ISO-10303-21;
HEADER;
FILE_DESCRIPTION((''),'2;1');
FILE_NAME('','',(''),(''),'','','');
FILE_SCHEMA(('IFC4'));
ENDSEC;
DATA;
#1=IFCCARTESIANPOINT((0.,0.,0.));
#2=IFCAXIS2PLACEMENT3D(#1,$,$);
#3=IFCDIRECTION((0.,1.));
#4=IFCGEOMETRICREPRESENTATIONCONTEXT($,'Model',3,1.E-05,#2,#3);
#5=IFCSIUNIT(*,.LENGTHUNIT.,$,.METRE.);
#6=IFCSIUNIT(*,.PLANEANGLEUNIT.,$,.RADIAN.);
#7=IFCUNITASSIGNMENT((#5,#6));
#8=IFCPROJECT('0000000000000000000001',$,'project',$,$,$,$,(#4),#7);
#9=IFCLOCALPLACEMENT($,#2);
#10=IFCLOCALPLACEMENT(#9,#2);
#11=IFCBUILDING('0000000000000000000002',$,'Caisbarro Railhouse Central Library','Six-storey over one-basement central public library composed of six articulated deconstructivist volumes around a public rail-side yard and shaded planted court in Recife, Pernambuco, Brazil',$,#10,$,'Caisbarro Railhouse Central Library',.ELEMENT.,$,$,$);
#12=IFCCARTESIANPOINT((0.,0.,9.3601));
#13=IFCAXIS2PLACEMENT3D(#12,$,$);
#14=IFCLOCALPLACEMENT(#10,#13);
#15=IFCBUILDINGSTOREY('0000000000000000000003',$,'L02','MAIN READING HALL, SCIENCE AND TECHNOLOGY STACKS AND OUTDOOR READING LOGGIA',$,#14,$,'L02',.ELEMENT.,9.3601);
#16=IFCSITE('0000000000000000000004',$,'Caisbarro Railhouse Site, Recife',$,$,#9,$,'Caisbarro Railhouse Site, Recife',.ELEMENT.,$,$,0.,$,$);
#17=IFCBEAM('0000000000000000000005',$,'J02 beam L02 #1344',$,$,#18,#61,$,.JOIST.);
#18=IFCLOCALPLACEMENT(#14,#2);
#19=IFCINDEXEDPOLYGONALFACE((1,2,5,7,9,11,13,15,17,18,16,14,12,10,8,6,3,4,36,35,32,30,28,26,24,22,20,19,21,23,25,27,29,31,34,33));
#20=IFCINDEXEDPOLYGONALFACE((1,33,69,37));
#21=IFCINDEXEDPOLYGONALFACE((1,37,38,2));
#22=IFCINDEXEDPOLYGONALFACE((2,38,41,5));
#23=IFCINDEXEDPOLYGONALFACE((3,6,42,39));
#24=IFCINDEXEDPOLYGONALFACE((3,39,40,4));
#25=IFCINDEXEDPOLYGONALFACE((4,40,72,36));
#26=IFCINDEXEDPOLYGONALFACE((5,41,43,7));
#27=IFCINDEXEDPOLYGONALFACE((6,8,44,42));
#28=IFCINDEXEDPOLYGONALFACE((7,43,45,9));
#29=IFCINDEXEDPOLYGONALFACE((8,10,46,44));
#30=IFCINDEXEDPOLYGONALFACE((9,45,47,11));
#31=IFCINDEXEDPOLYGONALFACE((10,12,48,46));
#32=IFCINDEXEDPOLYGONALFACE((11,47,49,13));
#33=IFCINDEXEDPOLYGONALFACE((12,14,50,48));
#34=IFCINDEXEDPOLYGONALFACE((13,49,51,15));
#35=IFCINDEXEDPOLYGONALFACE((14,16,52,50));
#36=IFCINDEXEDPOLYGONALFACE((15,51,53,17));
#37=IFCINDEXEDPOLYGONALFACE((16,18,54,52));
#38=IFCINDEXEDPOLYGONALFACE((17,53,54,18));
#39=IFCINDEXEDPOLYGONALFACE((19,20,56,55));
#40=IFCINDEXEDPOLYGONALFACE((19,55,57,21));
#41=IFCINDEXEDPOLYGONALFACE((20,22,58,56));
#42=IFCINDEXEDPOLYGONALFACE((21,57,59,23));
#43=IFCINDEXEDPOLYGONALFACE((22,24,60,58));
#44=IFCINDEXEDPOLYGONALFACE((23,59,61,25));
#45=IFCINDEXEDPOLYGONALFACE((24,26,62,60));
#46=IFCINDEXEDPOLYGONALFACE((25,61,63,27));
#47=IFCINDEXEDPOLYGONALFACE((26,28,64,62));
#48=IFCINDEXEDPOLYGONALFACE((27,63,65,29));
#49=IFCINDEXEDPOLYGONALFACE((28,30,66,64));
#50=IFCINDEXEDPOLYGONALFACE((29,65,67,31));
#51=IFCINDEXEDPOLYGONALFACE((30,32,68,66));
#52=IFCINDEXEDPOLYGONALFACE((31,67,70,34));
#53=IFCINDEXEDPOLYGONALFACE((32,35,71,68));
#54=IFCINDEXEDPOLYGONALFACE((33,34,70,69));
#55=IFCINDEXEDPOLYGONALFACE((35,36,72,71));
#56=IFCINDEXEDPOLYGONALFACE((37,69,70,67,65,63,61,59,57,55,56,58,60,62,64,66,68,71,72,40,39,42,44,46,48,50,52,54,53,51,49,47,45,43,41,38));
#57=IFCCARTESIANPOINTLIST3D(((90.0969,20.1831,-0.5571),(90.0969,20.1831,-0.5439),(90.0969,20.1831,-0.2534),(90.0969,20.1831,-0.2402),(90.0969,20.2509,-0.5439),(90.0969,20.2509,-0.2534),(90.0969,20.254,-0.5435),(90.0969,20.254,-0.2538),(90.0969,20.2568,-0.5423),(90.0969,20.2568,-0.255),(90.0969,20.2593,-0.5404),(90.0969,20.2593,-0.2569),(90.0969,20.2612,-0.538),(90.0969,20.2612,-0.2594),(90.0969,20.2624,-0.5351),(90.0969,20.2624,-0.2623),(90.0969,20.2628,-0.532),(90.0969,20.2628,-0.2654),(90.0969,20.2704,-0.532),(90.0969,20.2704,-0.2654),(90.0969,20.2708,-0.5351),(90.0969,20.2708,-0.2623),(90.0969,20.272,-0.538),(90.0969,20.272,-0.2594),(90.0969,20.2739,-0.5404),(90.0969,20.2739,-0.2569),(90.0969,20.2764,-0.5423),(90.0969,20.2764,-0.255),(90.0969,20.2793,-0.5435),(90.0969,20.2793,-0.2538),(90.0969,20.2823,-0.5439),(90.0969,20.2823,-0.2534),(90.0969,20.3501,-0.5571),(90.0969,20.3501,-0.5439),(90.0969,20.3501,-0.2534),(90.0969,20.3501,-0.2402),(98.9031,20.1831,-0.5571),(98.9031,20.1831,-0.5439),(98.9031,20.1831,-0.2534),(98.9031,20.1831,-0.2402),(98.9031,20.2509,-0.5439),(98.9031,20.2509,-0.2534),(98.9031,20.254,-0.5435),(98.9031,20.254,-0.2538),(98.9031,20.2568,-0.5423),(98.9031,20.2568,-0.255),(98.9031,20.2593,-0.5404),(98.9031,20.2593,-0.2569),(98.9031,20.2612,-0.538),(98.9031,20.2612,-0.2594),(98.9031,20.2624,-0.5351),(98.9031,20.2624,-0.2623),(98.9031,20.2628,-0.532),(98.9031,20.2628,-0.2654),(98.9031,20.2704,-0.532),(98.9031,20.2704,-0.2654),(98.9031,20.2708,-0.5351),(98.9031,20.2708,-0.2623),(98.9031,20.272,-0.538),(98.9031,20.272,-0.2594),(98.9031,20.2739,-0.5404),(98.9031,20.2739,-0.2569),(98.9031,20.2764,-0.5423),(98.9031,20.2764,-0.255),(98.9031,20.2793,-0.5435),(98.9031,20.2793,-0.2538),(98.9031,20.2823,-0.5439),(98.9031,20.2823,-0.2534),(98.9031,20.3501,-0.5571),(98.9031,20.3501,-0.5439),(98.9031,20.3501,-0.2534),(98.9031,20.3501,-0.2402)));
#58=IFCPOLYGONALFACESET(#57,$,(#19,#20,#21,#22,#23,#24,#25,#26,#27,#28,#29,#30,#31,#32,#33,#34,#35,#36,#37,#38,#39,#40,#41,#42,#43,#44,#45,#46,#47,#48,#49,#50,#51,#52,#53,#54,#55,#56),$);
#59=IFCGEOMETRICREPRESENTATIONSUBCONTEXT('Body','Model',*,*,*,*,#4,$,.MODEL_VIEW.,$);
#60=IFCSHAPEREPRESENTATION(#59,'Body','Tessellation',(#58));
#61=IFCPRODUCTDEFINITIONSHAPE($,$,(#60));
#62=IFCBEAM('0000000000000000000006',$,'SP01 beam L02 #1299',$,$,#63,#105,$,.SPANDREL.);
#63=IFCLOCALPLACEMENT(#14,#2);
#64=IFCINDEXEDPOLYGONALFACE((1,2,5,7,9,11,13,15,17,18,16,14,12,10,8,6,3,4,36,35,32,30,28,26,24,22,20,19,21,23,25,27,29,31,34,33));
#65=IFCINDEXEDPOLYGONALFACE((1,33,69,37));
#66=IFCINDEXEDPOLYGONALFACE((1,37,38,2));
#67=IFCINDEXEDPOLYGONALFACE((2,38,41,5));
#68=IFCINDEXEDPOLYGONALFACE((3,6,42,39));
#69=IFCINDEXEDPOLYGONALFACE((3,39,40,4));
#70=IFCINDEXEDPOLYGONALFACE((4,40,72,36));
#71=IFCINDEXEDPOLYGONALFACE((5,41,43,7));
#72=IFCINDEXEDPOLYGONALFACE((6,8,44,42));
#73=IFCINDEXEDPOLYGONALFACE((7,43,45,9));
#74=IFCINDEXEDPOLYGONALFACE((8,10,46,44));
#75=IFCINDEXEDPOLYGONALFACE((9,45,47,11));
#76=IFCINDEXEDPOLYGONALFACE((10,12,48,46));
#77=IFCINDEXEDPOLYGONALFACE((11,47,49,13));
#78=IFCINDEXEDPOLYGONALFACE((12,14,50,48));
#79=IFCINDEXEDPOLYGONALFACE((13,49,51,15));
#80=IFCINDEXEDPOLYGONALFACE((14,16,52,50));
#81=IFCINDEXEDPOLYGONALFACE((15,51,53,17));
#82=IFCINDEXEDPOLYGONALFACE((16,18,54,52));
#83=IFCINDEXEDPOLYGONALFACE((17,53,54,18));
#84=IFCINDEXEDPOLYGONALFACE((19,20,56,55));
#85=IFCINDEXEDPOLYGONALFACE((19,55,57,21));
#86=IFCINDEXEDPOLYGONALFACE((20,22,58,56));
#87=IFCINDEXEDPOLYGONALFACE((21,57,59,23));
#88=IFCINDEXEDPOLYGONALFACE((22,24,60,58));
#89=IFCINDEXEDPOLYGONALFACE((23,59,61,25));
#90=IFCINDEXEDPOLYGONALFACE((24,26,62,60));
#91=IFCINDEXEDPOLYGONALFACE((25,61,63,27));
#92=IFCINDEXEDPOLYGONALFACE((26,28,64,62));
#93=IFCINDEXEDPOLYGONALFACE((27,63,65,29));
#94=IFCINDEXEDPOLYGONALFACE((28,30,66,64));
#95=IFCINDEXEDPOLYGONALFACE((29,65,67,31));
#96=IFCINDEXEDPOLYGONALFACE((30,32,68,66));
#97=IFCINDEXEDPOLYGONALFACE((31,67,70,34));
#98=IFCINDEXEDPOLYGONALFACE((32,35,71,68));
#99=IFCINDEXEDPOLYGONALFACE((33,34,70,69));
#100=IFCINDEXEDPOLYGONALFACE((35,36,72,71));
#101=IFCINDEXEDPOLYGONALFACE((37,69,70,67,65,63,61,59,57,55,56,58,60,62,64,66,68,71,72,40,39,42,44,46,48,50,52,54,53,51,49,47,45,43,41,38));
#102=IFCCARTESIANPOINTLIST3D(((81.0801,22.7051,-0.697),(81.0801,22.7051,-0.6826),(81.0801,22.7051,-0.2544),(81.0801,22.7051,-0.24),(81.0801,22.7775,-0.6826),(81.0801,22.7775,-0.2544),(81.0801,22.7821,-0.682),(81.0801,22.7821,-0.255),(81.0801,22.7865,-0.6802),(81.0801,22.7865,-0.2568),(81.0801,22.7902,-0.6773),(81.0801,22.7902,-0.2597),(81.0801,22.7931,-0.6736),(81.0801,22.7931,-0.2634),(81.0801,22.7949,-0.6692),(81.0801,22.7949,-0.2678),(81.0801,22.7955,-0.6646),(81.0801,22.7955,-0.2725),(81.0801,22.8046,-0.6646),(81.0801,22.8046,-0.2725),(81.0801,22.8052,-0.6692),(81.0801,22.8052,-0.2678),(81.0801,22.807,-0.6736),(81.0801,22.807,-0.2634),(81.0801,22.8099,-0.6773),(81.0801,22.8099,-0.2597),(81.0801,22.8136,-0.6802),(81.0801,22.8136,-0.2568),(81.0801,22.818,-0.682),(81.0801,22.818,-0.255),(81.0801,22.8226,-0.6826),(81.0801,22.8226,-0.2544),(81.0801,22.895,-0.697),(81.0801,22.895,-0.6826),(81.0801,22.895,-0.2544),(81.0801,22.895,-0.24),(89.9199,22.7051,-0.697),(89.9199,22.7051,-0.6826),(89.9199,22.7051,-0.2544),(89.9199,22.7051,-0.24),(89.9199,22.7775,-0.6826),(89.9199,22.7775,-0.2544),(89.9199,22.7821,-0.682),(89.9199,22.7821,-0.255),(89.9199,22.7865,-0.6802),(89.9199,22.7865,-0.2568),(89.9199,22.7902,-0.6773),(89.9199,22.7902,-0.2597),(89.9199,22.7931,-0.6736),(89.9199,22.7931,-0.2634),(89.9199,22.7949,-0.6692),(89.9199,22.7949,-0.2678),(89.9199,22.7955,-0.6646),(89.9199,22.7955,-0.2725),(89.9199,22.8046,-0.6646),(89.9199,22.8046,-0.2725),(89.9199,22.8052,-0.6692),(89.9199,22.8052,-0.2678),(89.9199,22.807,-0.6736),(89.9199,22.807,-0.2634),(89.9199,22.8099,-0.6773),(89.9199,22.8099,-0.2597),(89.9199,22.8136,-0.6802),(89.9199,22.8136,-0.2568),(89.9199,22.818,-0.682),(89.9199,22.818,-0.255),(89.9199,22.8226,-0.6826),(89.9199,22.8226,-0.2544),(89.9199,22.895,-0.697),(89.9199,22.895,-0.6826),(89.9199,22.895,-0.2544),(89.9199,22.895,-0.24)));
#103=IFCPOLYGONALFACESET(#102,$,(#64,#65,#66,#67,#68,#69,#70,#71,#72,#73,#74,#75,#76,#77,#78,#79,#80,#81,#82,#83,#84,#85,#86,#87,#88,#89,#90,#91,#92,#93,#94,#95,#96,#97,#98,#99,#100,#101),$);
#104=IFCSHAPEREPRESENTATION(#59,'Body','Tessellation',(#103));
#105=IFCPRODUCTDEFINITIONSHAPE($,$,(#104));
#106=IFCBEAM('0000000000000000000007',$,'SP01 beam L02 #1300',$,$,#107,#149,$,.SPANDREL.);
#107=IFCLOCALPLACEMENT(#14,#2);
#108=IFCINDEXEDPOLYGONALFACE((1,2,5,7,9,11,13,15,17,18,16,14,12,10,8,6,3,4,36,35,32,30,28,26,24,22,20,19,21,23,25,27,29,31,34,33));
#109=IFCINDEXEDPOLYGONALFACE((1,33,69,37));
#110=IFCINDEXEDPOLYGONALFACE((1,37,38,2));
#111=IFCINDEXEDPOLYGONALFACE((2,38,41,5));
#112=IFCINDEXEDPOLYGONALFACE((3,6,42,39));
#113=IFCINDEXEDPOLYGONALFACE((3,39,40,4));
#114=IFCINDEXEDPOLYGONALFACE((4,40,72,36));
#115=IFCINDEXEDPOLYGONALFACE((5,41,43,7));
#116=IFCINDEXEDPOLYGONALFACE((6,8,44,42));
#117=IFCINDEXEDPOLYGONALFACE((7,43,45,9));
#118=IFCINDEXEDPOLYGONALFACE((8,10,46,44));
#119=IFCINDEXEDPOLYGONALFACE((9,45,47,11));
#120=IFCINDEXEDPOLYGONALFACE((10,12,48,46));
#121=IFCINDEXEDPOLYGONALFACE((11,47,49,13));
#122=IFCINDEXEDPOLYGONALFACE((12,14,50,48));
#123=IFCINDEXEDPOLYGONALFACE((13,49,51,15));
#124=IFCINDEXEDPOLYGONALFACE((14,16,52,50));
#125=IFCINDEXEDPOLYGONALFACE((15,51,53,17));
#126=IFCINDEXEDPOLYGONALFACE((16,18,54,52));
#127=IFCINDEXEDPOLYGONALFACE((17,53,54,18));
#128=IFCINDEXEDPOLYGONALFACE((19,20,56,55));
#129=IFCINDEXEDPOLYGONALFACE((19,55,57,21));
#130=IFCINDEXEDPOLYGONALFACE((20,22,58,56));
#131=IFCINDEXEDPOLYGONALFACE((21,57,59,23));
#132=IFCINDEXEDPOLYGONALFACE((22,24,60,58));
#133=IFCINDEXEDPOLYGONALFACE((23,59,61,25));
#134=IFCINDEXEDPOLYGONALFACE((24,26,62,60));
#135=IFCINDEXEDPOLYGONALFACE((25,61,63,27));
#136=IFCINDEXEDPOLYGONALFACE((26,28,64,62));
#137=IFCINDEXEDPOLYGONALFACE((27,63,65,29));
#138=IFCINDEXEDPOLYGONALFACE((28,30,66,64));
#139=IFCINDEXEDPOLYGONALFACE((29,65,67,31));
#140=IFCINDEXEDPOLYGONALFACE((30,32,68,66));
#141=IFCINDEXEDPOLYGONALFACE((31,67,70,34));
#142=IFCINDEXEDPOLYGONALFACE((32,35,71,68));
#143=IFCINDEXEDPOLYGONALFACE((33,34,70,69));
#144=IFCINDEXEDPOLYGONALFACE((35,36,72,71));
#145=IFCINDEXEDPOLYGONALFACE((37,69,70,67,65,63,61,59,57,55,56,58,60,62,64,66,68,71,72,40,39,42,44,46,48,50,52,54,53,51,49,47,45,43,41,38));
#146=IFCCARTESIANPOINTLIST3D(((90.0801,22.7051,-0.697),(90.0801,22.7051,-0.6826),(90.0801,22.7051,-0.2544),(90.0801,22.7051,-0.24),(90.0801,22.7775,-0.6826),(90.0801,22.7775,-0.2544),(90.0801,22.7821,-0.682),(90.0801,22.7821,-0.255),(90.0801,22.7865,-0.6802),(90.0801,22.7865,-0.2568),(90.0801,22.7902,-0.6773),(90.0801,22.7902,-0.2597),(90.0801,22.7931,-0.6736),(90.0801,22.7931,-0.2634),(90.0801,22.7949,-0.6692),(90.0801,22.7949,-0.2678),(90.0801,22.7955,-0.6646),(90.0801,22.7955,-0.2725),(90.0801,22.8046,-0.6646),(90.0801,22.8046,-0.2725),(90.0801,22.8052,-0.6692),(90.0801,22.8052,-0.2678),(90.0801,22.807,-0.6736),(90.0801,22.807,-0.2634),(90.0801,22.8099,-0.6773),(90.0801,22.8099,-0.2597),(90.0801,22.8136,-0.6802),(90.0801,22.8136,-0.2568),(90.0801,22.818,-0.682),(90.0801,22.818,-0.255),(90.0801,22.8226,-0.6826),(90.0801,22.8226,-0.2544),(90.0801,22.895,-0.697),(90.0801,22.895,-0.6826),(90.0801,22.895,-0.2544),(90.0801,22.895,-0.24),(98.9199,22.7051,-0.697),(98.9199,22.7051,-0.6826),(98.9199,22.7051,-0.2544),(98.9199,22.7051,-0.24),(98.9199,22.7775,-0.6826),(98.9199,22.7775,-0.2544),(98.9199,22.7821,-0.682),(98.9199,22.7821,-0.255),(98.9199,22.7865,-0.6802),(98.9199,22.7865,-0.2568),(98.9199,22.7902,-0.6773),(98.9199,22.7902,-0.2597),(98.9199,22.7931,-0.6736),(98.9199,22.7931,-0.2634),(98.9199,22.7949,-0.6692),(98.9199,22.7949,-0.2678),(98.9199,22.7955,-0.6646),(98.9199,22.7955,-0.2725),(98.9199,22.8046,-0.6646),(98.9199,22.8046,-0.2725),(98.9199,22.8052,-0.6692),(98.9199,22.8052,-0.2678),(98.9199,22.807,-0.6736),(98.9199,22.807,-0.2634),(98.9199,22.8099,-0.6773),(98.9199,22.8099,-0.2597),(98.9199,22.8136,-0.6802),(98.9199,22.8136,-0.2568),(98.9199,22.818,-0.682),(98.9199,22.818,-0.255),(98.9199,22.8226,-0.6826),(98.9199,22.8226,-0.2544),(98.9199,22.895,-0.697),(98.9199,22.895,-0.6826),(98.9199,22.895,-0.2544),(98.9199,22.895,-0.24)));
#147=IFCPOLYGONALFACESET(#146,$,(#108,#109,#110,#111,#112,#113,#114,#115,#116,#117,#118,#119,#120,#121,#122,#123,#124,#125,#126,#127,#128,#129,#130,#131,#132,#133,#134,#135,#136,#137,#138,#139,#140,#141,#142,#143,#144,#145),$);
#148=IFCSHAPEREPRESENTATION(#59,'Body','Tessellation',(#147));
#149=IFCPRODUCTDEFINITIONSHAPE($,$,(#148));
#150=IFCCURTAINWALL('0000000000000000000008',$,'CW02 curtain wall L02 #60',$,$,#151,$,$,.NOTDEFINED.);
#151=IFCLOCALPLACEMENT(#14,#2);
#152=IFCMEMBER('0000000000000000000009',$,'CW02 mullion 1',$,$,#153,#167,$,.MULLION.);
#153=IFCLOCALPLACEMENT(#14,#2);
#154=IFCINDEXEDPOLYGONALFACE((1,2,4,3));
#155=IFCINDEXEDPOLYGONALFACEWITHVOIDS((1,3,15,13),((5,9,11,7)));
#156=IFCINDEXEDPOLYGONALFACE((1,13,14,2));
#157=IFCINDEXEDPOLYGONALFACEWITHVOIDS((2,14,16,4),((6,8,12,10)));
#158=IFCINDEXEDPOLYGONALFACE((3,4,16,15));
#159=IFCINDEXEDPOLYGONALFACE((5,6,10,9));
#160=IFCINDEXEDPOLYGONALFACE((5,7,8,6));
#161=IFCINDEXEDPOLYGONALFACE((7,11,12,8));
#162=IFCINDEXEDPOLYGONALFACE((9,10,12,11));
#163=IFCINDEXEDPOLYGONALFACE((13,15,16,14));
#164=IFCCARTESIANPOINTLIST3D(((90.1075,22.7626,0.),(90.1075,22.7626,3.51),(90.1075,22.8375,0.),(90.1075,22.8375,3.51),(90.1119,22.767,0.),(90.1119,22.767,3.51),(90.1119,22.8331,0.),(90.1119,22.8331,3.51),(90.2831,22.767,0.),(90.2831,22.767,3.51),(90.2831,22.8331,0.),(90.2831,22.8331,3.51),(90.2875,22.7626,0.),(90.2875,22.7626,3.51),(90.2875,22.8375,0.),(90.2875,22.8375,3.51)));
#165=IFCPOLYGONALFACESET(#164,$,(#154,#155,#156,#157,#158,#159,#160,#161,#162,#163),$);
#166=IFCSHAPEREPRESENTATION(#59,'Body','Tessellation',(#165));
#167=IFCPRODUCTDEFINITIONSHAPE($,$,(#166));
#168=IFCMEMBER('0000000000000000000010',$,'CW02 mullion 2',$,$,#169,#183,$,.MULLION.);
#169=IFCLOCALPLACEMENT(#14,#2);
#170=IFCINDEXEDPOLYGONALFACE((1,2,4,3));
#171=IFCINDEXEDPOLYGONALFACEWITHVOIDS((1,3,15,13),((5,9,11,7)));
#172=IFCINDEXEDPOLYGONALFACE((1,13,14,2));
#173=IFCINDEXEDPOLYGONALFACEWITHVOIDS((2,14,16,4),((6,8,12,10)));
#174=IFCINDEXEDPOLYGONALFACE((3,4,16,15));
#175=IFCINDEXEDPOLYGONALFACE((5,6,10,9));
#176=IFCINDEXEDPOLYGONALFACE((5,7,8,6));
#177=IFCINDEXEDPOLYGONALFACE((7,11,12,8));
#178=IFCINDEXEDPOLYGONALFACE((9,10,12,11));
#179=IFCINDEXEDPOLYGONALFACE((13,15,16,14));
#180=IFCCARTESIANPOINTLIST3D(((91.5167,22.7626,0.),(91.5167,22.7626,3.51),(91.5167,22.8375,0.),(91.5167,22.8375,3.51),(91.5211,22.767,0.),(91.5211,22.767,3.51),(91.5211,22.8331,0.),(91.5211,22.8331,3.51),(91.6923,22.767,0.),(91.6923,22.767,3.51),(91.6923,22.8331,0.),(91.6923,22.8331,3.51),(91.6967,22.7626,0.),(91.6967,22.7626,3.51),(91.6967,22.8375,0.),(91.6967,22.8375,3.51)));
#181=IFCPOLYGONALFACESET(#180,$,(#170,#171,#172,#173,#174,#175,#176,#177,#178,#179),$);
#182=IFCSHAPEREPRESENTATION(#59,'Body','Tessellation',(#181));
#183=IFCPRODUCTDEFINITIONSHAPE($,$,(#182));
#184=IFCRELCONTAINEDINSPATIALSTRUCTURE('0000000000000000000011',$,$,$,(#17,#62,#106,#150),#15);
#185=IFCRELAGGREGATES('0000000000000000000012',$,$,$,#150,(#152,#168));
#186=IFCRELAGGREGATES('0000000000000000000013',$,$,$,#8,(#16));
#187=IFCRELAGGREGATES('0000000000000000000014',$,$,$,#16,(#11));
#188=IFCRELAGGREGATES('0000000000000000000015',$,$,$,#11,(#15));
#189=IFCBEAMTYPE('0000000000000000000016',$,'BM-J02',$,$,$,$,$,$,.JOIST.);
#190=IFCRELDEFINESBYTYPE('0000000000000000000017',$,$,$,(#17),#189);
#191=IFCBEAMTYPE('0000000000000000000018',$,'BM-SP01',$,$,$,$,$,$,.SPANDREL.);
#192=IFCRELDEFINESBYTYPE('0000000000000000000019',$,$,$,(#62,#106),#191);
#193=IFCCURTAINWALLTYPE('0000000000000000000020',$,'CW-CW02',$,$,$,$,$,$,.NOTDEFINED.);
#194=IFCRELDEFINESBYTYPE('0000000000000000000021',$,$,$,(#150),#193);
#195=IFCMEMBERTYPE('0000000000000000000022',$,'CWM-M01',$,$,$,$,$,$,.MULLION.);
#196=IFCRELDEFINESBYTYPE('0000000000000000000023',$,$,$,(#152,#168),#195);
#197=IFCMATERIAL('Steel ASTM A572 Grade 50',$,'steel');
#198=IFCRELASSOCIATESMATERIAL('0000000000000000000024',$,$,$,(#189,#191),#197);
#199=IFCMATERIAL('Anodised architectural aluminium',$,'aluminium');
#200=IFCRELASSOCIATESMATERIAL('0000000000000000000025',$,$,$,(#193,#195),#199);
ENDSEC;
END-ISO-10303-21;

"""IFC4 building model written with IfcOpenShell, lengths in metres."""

from ifc_helpers import new_model, si_unit, direction, frame, origin, origin_2d, place, context, subcontext, project, spatial, hollow_rectangle, i_section, extrude, material, material_profile, profile_set, type_object, element, aggregate, save


model = new_model("IFC4")

# Units and contexts
model_context = context("Model", 3, precision=1e-05, world=origin(), true_north=direction((0.0, 1.0)))
body_context = subcontext(model_context, "Body", "Model", "MODEL_VIEW")
ifc_project = project(units=[si_unit("LENGTHUNIT", "METRE"), si_unit("PLANEANGLEUNIT", "RADIAN")], contexts=[model_context])

# Site, building, storey
site_placement = place(None, origin())
site = spatial("IfcSite", under=ifc_project, at=site_placement, Name="Caisbarro Railhouse Site, Recife", LongName="Caisbarro Railhouse Site, Recife", CompositionType="ELEMENT", RefElevation=0.0)
building_placement = place(site_placement, origin())
building = spatial("IfcBuilding", under=site, at=building_placement, Name="Caisbarro Railhouse Central Library", Description="Six-storey over one-basement central public library composed of six articulated deconstructivist volumes around a public rail-side yard and shaded planted court in Recife, Pernambuco, Brazil", LongName="Caisbarro Railhouse Central Library", CompositionType="ELEMENT")
storey_placement = place(building_placement, frame((0.0, 0.0, 9.3601)))
storey = spatial("IfcBuildingStorey", under=building, at=storey_placement, Name="L02", Description="MAIN READING HALL, SCIENCE AND TECHNOLOGY STACKS AND OUTDOOR READING LOGGIA", LongName="L02", CompositionType="ELEMENT", Elevation=9.3601)

# Shared definitions
ifc_material_1 = material(Name="Steel ASTM A572 Grade 50", Category="steel")

# Beams
ifc_material_profile_1 = material_profile(ifc_material_1, i_section(OverallWidth=0.167, OverallDepth=0.3169, WebThickness=0.0076, FlangeThickness=0.0132, FilletRadius=0.012, at=origin_2d()), Name="W310X52.0")
ifc_profile_set_1 = profile_set([ifc_material_profile_1], Name="Steel ASTM A572 Grade 50")
beam_type_1 = type_object("IfcBeamType", Name="BM-J02", PredefinedType="JOIST", material=ifc_profile_set_1)
for number, where, z_axis, x_axis, name in (
    (1, (90.0969, 20.2666, -0.3987), (1.0, 0.0, 0.0), (0.0, 1.0, 0.0), "J02 beam L02 #1344"),
):
    element("IfcBeam", number, at=place(storey_placement, frame(where, z_axis=z_axis, x_axis=x_axis)), inside=storey, type_object=beam_type_1, Name=name, PredefinedType="JOIST", context=body_context, shape_type="SweptSolid", body=[
        extrude(i_section(OverallWidth=0.167, OverallDepth=0.3169, WebThickness=0.0076, FlangeThickness=0.0132, FilletRadius=0.012, at=origin_2d()), origin(), (0.0, 0.0, 1.0), 8.8062),
    ])
ifc_material_profile_2 = material_profile(ifc_material_1, i_section(OverallWidth=0.1899, OverallDepth=0.457, WebThickness=0.009, FlangeThickness=0.0144, FilletRadius=0.0181, at=origin_2d()), Name="W460X74.0")
ifc_profile_set_2 = profile_set([ifc_material_profile_2], Name="Steel ASTM A572 Grade 50")
beam_type_2 = type_object("IfcBeamType", Name="BM-SP01", PredefinedType="SPANDREL", material=ifc_profile_set_2)
for number, where, z_axis, x_axis, name in (
    (2, (81.0801, 22.8, -0.4685), (1.0, 0.0, 0.0), (0.0, 1.0, 0.0), "SP01 beam L02 #1299"),
    (3, (90.0801, 22.8, -0.4685), (1.0, 0.0, 0.0), (0.0, 1.0, 0.0), "SP01 beam L02 #1300"),
):
    element("IfcBeam", number, at=place(storey_placement, frame(where, z_axis=z_axis, x_axis=x_axis)), inside=storey, type_object=beam_type_2, Name=name, PredefinedType="SPANDREL", context=body_context, shape_type="SweptSolid", body=[
        extrude(i_section(OverallWidth=0.1899, OverallDepth=0.457, WebThickness=0.009, FlangeThickness=0.0144, FilletRadius=0.0181, at=origin_2d()), origin(), (0.0, 0.0, 1.0), 8.8398),
    ])

# Curtain wall, members
ifc_material_2 = material(Name="Anodised architectural aluminium", Category="aluminium")
curtain_wall_type = type_object("IfcCurtainWallType", Name="CW-CW02", PredefinedType="NOTDEFINED", material=ifc_material_2)
curtain_wall_placement = place(storey_placement, origin())
curtain_wall = element("IfcCurtainWall", 4, at=curtain_wall_placement, inside=storey, type_object=curtain_wall_type, Name="CW02 curtain wall L02 #60", PredefinedType="NOTDEFINED")
ifc_material_profile_3 = material_profile(ifc_material_2, hollow_rectangle(XDim=0.075, YDim=0.1799, WallThickness=0.0044, at=origin_2d()), Name="ALU-MUL-75X180")
ifc_profile_set_3 = profile_set([ifc_material_profile_3], Name="Anodised architectural aluminium")
member_type_1 = type_object("IfcMemberType", Name="CWM-M01", PredefinedType="MULLION", material=ifc_profile_set_3)
member_1_placement = place(storey_placement, frame((90.1975, 22.8, 0.0), z_axis=(0.0, 0.0, 1.0), x_axis=(0.0, 1.0, 0.0)))
member_1 = element("IfcMember", 5, at=member_1_placement, type_object=member_type_1, Name="CW02 mullion 1", PredefinedType="MULLION", context=body_context, shape_type="SweptSolid", body=[
    extrude(hollow_rectangle(XDim=0.075, YDim=0.1799, WallThickness=0.0044, at=origin_2d()), origin(), (0.0, 0.0, 1.0), 3.51),
])
member_2_placement = place(storey_placement, frame((91.6067, 22.8, 0.0), z_axis=(0.0, 0.0, 1.0), x_axis=(0.0, 1.0, 0.0)))
member_2 = element("IfcMember", 6, at=member_2_placement, type_object=member_type_1, Name="CW02 mullion 2", PredefinedType="MULLION", context=body_context, shape_type="SweptSolid", body=[
    extrude(hollow_rectangle(XDim=0.075, YDim=0.1799, WallThickness=0.0044, at=origin_2d()), origin(), (0.0, 0.0, 1.0), 3.51),
])

aggregate(curtain_wall, [member_1, member_2])

save(model, "model.ifc")
